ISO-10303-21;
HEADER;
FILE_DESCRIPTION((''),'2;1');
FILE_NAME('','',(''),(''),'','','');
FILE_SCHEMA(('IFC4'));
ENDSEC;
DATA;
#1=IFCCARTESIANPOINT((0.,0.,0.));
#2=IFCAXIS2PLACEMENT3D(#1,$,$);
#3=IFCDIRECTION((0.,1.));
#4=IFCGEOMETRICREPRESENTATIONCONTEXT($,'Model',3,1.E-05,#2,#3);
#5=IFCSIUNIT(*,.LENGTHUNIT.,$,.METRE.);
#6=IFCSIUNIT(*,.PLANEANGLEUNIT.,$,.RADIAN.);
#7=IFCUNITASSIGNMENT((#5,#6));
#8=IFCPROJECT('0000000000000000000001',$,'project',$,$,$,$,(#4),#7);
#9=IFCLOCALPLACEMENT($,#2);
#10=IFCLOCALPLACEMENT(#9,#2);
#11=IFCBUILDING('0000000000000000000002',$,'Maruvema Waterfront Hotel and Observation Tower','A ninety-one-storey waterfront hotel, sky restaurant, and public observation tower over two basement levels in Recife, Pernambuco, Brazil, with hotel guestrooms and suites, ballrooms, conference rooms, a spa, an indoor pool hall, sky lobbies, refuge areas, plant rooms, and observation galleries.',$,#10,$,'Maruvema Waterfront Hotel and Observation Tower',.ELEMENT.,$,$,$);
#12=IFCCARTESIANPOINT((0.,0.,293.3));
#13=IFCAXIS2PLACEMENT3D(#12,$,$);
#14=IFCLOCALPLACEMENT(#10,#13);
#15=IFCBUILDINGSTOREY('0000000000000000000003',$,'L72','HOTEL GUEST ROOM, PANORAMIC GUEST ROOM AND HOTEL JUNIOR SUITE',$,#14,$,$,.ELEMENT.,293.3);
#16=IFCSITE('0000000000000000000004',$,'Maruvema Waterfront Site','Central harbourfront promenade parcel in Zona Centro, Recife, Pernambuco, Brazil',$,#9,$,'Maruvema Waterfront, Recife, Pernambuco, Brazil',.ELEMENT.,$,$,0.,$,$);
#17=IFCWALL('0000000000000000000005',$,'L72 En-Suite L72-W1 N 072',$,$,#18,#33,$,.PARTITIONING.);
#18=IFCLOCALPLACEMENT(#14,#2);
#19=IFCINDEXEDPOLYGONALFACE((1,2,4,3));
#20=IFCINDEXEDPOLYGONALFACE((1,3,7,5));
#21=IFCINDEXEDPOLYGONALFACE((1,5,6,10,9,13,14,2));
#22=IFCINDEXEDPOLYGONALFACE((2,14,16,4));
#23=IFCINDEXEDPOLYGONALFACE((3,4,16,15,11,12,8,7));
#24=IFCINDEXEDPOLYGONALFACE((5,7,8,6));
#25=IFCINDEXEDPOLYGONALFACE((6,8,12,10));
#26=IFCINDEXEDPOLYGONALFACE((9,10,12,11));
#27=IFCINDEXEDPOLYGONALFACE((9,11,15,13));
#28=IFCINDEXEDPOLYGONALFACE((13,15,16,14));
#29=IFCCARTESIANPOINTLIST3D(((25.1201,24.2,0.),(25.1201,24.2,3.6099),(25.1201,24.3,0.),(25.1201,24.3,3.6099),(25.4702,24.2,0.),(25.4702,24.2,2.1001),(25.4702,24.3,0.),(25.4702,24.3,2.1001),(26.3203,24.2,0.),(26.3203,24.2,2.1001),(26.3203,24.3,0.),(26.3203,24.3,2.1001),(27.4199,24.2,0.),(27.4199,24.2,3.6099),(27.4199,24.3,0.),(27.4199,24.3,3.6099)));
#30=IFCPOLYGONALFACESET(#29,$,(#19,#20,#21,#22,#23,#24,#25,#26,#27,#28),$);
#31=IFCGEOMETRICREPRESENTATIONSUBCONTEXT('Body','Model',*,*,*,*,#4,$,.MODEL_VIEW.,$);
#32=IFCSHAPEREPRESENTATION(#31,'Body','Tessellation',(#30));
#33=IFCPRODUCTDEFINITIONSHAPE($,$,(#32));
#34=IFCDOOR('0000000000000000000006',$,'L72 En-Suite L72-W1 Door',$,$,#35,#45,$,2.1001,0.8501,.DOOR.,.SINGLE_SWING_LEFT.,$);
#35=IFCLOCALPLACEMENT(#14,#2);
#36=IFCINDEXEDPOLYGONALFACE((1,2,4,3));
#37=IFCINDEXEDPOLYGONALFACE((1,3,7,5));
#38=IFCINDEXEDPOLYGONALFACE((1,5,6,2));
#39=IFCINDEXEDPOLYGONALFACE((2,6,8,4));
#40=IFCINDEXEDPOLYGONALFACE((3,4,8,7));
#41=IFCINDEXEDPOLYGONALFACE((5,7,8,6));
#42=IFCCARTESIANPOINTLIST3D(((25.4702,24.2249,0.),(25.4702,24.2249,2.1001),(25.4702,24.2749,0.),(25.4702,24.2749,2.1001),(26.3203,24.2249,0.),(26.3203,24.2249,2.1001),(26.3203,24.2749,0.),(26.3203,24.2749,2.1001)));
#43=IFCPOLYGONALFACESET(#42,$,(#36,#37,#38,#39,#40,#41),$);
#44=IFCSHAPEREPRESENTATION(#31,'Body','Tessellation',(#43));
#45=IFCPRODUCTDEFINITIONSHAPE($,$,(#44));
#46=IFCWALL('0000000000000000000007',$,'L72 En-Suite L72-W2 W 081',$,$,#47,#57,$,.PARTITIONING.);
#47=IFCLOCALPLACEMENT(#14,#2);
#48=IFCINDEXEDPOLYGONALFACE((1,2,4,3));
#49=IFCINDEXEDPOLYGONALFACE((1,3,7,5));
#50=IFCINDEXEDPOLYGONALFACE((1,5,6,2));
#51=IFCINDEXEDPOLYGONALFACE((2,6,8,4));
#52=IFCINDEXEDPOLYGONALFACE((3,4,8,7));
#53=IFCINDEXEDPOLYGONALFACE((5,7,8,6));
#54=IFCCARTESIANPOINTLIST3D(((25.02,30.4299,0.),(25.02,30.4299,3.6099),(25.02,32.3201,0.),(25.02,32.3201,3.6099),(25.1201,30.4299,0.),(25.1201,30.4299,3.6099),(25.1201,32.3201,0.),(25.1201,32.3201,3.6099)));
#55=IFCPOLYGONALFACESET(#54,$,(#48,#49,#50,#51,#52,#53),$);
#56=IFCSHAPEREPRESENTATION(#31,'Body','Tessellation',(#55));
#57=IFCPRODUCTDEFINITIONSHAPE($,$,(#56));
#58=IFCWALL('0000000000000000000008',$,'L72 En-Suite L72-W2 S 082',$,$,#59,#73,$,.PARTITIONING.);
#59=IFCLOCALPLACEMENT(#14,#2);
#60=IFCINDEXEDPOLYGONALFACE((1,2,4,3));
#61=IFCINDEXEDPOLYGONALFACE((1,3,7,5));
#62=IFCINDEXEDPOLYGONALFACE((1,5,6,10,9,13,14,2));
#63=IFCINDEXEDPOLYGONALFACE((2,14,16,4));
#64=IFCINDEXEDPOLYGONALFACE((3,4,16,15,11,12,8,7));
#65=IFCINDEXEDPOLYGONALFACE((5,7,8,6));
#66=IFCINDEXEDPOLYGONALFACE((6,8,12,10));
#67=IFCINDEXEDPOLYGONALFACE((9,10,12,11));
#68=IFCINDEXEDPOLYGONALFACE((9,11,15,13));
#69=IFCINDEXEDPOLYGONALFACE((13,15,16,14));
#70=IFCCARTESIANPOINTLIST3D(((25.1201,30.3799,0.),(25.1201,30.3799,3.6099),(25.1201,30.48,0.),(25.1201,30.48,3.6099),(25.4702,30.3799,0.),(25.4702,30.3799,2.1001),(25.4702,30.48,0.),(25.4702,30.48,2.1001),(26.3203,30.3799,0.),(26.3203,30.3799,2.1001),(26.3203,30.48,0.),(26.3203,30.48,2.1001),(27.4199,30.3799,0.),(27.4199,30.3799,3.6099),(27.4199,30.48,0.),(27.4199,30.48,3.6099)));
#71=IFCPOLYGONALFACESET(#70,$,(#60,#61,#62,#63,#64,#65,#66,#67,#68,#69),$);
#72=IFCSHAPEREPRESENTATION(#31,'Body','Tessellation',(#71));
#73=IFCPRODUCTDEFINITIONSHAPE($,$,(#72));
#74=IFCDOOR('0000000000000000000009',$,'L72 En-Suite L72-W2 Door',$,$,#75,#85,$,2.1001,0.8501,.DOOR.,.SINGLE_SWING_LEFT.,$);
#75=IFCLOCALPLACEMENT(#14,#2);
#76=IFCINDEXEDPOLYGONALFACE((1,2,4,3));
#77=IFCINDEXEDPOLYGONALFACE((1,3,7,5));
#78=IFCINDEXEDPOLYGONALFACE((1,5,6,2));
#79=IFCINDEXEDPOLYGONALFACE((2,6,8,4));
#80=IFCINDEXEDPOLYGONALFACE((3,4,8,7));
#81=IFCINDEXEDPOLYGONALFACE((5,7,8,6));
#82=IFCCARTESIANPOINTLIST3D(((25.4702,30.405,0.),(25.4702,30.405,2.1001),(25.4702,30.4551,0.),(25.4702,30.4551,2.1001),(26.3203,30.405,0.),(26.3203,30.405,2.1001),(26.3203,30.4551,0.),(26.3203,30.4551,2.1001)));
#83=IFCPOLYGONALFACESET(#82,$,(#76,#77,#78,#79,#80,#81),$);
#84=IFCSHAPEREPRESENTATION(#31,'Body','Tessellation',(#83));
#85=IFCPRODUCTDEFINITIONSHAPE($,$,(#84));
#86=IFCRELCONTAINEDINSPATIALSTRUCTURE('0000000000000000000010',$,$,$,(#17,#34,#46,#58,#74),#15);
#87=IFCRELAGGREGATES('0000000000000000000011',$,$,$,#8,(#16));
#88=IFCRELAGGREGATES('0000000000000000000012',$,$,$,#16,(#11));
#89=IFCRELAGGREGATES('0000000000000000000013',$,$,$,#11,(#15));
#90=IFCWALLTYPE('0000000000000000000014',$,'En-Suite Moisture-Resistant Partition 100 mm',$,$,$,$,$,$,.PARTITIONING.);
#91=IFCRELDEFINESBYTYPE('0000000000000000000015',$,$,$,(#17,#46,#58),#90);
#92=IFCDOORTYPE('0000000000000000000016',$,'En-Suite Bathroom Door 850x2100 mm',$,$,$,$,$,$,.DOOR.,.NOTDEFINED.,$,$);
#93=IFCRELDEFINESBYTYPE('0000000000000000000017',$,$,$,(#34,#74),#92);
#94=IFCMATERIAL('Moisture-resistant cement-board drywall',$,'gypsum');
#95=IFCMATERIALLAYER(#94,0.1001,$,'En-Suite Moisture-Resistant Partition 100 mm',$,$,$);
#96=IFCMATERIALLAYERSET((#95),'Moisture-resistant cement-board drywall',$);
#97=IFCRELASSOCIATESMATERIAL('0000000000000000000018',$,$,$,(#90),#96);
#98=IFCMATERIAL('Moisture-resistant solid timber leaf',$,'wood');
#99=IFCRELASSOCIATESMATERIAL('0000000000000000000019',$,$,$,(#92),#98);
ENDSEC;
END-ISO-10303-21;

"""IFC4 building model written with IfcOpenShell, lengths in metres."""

from ifc_helpers import new_model, si_unit, direction, frame, frame_2d, origin, place, context, subcontext, project, spatial, rectangle, extrude, material, layer, layer_set, type_object, element, fill, save


model = new_model("IFC4")

# Units and contexts
model_context = context("Model", 3, precision=1e-05, world=origin(), true_north=direction((0.0, 1.0)))
body_context = subcontext(model_context, "Body", "Model", "MODEL_VIEW")
ifc_project = project(units=[si_unit("LENGTHUNIT", "METRE"), si_unit("PLANEANGLEUNIT", "RADIAN")], contexts=[model_context])

# Site, building, storey
site_placement = place(None, origin())
site = spatial("IfcSite", under=ifc_project, at=site_placement, Name="Maruvema Waterfront Site", Description="Central harbourfront promenade parcel in Zona Centro, Recife, Pernambuco, Brazil", LongName="Maruvema Waterfront, Recife, Pernambuco, Brazil", CompositionType="ELEMENT", RefElevation=0.0)
building_placement = place(site_placement, origin())
building = spatial("IfcBuilding", under=site, at=building_placement, Name="Maruvema Waterfront Hotel and Observation Tower", Description="A ninety-one-storey waterfront hotel, sky restaurant, and public observation tower over two basement levels in Recife, Pernambuco, Brazil, with hotel guestrooms and suites, ballrooms, conference rooms, a spa, an indoor pool hall, sky lobbies, refuge areas, plant rooms, and observation galleries.", LongName="Maruvema Waterfront Hotel and Observation Tower", CompositionType="ELEMENT")
storey_placement = place(building_placement, frame((0.0, 0.0, 293.3)))
storey = spatial("IfcBuildingStorey", under=building, at=storey_placement, Name="L72", Description="HOTEL GUEST ROOM, PANORAMIC GUEST ROOM AND HOTEL JUNIOR SUITE", CompositionType="ELEMENT", Elevation=293.3)

# Shared definitions
ifc_material_1 = material(Name="Moisture-resistant cement-board drywall", Category="gypsum")
ifc_layer_1 = layer(ifc_material_1, 0.1001, Name="En-Suite Moisture-Resistant Partition 100 mm")
ifc_layer_set_1 = layer_set([ifc_layer_1], Name="Moisture-resistant cement-board drywall")
wall_type_1 = type_object("IfcWallType", Name="En-Suite Moisture-Resistant Partition 100 mm", PredefinedType="PARTITIONING", material=ifc_layer_set_1)

# Wall, opening, door
wall_1_placement = place(storey_placement, frame((25.1201, 24.25, 0.0), z_axis=(0.0, 0.0, 1.0), x_axis=(1.0, 0.0, 0.0)))
wall_1 = element("IfcWall", 1, at=wall_1_placement, inside=storey, type_object=wall_type_1, Name="L72 En-Suite L72-W1 N 072", PredefinedType="PARTITIONING", context=body_context, shape_type="SweptSolid", body=[
    extrude(rectangle(XDim=2.2998, YDim=0.1001, at=frame_2d((1.1499, 0.0))), origin(), (0.0, 0.0, 1.0), 3.6099),
])
opening_1_placement = place(wall_1_placement, frame((0.3501, 0.0, 0.0)))
opening_1 = element("IfcOpeningElement", 2, at=opening_1_placement, cuts=wall_1, PredefinedType="OPENING", context=body_context, shape_type="SweptSolid", body=[
    extrude(rectangle(XDim=0.8501, YDim=2.1001, at=frame_2d((0.425, 1.05))), frame((0.0, 0.0601, 0.0), z_axis=(0.0, -1.0, 0.0), x_axis=(1.0, 0.0, 0.0)), (0.0, 0.0, 1.0), 0.1201),
])
ifc_material_2 = material(Name="Moisture-resistant solid timber leaf", Category="wood")
door_type_1 = type_object("IfcDoorType", Name="En-Suite Bathroom Door 850x2100 mm", OperationType="NOTDEFINED", PredefinedType="DOOR", material=ifc_material_2)
door_1_placement = place(opening_1_placement, origin())
door_1 = element("IfcDoor", 3, at=door_1_placement, inside=storey, type_object=door_type_1, Name="L72 En-Suite L72-W1 Door", OperationType="SINGLE_SWING_LEFT", OverallHeight=2.1001, OverallWidth=0.8501, PredefinedType="DOOR", context=body_context, shape_type="SweptSolid", body=[
    extrude(rectangle(XDim=0.8501, YDim=2.1001, at=frame_2d((0.425, 1.05))), frame((0.0, 0.0249, 0.0), z_axis=(0.0, -1.0, 0.0), x_axis=(1.0, 0.0, 0.0)), (0.0, 0.0, 1.0), 0.05),
])
fill(opening_1, door_1)

# Wall
wall_2_placement = place(storey_placement, frame((25.0701, 30.4299, 0.0), z_axis=(0.0, 0.0, 1.0), x_axis=(0.0, 1.0, 0.0)))
element("IfcWall", 4, at=wall_2_placement, inside=storey, type_object=wall_type_1, Name="L72 En-Suite L72-W2 W 081", PredefinedType="PARTITIONING", context=body_context, shape_type="SweptSolid", body=[
    extrude(rectangle(XDim=1.8901, YDim=0.1001, at=frame_2d((0.9451, 0.0))), origin(), (0.0, 0.0, 1.0), 3.6099),
])

# Wall, opening, door
wall_3_placement = place(storey_placement, frame((25.1201, 30.4299, 0.0), z_axis=(0.0, 0.0, 1.0), x_axis=(1.0, 0.0, 0.0)))
wall_3 = element("IfcWall", 5, at=wall_3_placement, inside=storey, type_object=wall_type_1, Name="L72 En-Suite L72-W2 S 082", PredefinedType="PARTITIONING", context=body_context, shape_type="SweptSolid", body=[
    extrude(rectangle(XDim=2.2998, YDim=0.1001, at=frame_2d((1.1499, 0.0))), origin(), (0.0, 0.0, 1.0), 3.6099),
])
opening_2_placement = place(wall_3_placement, frame((0.3501, 0.0, 0.0)))
opening_2 = element("IfcOpeningElement", 6, at=opening_2_placement, cuts=wall_3, PredefinedType="OPENING", context=body_context, shape_type="SweptSolid", body=[
    extrude(rectangle(XDim=0.8501, YDim=2.1001, at=frame_2d((0.425, 1.05))), frame((0.0, 0.0601, 0.0), z_axis=(0.0, -1.0, 0.0), x_axis=(1.0, 0.0, 0.0)), (0.0, 0.0, 1.0), 0.1201),
])
door_2_placement = place(opening_2_placement, frame((0.8501, 0.0, 0.0), z_axis=(0.0, 0.0, 1.0), x_axis=(-1.0, 0.0, 0.0)))
door_2 = element("IfcDoor", 7, at=door_2_placement, inside=storey, type_object=door_type_1, Name="L72 En-Suite L72-W2 Door", OperationType="SINGLE_SWING_LEFT", OverallHeight=2.1001, OverallWidth=0.8501, PredefinedType="DOOR", context=body_context, shape_type="SweptSolid", body=[
    extrude(rectangle(XDim=0.8501, YDim=2.1001, at=frame_2d((0.425, 1.05))), frame((0.0, 0.0249, 0.0), z_axis=(0.0, -1.0, 0.0), x_axis=(1.0, 0.0, 0.0)), (0.0, 0.0, 1.0), 0.05),
])
fill(opening_2, door_2)

save(model, "model.ifc")
